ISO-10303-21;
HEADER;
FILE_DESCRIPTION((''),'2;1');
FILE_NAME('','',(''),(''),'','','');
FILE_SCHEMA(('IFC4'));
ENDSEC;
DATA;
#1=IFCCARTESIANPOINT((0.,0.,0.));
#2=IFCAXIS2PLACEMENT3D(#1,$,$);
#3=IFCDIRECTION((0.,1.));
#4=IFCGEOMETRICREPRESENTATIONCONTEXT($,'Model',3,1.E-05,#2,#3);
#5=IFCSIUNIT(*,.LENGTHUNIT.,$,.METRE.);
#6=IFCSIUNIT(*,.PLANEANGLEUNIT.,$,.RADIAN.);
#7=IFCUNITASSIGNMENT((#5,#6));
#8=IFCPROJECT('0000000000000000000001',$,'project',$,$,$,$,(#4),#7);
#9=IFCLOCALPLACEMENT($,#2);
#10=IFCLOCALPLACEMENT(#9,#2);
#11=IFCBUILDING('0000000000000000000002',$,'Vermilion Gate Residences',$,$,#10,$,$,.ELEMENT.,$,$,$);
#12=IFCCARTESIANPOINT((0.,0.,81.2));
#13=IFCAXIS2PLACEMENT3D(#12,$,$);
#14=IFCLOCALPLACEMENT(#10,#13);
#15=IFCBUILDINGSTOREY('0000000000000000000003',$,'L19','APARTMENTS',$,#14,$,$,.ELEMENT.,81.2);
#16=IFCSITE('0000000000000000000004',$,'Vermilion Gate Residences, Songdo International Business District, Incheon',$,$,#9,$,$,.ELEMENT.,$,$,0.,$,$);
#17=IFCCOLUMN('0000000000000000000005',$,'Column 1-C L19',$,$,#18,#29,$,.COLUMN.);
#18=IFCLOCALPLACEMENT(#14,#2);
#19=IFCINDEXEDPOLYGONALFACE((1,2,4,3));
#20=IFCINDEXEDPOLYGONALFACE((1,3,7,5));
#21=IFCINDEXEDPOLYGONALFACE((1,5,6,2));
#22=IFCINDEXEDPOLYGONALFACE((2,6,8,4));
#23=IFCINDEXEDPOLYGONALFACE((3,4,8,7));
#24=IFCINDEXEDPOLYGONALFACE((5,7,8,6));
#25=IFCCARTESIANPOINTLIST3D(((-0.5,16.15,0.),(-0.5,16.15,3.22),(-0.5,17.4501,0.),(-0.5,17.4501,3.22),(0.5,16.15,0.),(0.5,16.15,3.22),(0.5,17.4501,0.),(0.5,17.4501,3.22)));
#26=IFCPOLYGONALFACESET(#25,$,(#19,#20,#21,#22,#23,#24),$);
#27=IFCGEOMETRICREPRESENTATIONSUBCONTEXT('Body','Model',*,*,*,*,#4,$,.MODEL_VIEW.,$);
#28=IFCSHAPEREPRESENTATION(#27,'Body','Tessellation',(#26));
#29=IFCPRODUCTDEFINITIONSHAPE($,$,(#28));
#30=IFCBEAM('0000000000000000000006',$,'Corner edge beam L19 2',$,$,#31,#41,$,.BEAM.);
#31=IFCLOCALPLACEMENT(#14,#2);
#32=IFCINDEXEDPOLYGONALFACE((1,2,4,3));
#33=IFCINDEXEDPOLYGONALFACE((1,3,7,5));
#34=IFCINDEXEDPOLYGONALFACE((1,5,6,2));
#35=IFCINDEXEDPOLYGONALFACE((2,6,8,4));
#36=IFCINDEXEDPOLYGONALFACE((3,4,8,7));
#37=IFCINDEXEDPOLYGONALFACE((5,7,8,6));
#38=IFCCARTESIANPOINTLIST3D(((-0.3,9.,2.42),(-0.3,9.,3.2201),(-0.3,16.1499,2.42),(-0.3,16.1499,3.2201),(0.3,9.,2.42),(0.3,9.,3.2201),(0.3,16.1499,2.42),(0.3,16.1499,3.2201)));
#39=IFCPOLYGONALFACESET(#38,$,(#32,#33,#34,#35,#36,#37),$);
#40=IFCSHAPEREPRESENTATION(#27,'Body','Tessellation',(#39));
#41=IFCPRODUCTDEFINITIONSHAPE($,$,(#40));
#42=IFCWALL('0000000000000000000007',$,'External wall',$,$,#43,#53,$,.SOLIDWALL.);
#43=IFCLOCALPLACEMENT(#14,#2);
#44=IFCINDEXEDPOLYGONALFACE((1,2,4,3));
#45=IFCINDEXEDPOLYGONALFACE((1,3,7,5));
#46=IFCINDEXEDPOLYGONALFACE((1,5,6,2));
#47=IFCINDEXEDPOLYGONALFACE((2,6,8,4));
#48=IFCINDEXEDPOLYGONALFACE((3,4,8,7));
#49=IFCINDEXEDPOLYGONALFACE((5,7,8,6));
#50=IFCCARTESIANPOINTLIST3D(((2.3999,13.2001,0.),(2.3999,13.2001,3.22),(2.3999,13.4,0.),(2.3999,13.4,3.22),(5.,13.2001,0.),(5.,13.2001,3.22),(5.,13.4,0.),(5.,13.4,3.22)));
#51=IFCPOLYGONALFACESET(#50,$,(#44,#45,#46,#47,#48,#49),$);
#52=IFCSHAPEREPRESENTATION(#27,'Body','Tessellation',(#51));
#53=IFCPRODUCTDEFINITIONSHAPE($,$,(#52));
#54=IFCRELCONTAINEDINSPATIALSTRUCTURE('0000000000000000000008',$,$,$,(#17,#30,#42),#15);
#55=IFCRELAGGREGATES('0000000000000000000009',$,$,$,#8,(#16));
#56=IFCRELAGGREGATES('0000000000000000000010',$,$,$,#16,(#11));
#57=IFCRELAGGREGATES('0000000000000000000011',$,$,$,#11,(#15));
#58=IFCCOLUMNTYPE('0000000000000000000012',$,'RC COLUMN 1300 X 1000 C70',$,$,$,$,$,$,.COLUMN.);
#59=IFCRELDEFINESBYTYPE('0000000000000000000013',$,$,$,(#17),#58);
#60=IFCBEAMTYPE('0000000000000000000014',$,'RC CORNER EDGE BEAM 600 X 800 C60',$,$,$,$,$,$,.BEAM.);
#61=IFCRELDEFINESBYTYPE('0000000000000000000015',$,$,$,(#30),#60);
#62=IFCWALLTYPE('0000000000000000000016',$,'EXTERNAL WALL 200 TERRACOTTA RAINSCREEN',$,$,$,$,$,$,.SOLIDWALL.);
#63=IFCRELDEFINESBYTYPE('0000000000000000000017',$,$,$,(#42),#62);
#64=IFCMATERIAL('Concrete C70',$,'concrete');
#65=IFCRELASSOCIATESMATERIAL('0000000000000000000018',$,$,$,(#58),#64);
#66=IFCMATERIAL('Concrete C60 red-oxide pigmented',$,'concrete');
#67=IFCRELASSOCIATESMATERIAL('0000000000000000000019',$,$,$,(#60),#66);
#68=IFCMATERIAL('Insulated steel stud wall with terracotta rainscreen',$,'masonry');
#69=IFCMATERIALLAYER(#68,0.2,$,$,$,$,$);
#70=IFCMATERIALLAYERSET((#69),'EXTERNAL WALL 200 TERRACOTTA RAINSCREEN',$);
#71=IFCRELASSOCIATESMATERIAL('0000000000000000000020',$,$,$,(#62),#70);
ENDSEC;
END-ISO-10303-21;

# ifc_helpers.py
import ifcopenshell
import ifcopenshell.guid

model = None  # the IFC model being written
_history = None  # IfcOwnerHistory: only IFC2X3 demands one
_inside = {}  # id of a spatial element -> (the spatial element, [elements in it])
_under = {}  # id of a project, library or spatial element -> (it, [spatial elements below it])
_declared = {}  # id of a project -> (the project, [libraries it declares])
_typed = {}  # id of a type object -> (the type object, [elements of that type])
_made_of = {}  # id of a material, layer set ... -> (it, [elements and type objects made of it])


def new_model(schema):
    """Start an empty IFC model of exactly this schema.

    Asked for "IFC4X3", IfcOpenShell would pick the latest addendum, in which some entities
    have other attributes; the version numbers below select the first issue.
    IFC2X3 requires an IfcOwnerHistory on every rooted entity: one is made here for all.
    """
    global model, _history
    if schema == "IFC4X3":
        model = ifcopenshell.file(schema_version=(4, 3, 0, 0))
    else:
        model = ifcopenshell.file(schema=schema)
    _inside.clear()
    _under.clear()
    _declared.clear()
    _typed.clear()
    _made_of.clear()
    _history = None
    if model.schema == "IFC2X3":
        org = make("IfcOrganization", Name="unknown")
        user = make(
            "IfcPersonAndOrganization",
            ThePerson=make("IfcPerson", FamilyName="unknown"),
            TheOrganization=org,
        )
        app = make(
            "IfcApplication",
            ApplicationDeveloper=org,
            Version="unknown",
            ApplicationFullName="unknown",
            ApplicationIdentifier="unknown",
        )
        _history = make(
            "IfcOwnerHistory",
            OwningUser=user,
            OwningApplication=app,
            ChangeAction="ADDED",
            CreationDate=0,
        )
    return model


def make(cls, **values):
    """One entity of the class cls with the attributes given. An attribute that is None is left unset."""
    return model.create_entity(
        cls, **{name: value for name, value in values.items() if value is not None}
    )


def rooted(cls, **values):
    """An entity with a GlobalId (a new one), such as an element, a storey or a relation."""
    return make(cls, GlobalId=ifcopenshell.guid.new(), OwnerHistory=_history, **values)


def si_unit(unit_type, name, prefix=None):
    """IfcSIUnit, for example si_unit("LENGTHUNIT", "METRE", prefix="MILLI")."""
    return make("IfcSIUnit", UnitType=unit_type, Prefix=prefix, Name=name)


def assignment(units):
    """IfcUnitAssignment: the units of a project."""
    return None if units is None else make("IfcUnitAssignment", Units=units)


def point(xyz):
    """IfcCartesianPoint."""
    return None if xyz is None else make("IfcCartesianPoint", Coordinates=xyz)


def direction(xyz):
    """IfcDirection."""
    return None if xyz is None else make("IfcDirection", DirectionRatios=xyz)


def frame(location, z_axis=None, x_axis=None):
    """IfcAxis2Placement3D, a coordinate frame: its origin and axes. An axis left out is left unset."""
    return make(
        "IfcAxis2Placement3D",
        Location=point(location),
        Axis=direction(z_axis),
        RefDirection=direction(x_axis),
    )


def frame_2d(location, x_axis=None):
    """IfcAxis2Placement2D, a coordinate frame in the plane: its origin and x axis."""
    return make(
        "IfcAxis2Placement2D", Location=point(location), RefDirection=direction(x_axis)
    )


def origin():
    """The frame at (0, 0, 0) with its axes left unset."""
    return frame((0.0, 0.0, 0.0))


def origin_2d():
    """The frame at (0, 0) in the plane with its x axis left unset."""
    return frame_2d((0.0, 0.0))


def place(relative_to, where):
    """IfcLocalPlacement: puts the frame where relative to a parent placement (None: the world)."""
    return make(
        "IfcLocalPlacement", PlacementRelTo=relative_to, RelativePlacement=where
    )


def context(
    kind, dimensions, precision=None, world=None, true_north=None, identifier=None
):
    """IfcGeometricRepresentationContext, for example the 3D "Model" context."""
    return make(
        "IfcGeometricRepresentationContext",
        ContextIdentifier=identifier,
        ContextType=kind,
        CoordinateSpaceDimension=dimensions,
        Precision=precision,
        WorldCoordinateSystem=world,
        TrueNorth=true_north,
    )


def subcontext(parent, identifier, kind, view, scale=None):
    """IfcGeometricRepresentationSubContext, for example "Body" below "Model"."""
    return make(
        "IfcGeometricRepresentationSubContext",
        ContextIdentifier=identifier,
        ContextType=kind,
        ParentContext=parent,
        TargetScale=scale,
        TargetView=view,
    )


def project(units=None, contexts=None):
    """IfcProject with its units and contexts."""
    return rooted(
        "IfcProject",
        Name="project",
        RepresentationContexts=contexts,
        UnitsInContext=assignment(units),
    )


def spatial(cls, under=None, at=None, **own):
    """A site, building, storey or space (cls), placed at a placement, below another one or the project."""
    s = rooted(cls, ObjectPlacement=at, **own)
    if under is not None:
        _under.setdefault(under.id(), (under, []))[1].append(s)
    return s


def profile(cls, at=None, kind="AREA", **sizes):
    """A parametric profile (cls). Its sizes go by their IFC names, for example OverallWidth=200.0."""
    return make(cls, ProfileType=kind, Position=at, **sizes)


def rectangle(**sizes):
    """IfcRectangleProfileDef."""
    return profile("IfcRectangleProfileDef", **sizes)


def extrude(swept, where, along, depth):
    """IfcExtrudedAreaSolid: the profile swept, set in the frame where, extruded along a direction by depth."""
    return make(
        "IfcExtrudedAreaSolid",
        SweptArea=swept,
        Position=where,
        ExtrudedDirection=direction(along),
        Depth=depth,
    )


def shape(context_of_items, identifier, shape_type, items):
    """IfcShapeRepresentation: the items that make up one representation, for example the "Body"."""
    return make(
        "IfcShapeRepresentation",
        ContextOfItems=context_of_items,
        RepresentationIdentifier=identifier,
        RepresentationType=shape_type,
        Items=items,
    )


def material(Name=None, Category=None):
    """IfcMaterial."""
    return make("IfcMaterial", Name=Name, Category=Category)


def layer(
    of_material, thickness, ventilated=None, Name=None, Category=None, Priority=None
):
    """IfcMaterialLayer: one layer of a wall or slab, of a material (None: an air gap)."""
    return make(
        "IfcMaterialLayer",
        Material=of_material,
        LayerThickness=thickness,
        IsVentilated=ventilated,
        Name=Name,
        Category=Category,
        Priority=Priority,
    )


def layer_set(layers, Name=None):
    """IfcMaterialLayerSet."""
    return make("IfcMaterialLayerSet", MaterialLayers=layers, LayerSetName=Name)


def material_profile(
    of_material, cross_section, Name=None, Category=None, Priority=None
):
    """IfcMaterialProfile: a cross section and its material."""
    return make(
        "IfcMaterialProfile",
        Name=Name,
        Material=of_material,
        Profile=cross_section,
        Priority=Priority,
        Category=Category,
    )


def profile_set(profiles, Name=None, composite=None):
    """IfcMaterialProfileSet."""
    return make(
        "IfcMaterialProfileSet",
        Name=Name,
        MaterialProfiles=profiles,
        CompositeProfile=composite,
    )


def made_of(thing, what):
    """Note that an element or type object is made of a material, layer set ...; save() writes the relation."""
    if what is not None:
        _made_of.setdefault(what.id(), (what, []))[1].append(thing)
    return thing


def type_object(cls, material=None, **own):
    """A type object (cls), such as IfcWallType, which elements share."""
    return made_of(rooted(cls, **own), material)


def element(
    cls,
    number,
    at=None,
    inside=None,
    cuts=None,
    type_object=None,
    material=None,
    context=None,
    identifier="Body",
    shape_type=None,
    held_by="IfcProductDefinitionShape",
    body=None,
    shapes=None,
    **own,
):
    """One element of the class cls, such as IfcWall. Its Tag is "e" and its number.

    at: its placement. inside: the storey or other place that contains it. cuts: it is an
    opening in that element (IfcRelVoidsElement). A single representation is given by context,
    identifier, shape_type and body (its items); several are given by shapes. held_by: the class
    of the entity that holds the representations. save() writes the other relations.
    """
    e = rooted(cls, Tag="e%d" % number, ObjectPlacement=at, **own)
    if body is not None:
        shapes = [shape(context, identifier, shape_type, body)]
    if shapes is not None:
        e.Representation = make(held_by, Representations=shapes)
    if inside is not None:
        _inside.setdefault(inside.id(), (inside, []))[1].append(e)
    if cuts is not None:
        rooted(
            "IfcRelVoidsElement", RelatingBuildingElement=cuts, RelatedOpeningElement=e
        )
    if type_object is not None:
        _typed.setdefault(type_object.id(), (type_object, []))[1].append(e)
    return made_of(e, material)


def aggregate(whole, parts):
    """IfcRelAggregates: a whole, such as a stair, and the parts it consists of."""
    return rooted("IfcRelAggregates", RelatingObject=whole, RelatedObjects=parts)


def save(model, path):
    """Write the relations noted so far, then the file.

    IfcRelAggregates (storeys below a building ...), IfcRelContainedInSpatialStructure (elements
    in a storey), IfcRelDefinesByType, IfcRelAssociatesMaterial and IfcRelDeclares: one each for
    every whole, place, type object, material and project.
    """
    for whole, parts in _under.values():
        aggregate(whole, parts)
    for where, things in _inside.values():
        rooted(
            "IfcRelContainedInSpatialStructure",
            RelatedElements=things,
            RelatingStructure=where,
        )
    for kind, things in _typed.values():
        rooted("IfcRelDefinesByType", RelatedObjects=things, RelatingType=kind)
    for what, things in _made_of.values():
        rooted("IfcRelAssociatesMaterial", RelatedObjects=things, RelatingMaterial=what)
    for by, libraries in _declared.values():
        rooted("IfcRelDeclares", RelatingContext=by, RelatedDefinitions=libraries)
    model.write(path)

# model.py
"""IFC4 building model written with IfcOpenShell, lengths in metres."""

from ifc_helpers import new_model, si_unit, direction, frame, frame_2d, origin, origin_2d, place, context, subcontext, project, spatial, rectangle, extrude, material, layer, layer_set, material_profile, profile_set, type_object, element, save


model = new_model("IFC4")

# Units and contexts
model_context = context("Model", 3, precision=1e-05, world=origin(), true_north=direction((0.0, 1.0)))
body_context = subcontext(model_context, "Body", "Model", "MODEL_VIEW")
ifc_project = project(units=[si_unit("LENGTHUNIT", "METRE"), si_unit("PLANEANGLEUNIT", "RADIAN")], contexts=[model_context])

# Site, building, storey
site_placement = place(None, origin())
site = spatial("IfcSite", under=ifc_project, at=site_placement, Name="Vermilion Gate Residences, Songdo International Business District, Incheon", CompositionType="ELEMENT", RefElevation=0.0)
building_placement = place(site_placement, origin())
building = spatial("IfcBuilding", under=site, at=building_placement, Name="Vermilion Gate Residences", CompositionType="ELEMENT")
storey_placement = place(building_placement, frame((0.0, 0.0, 81.2)))
storey = spatial("IfcBuildingStorey", under=building, at=storey_placement, Name="L19", Description="APARTMENTS", CompositionType="ELEMENT", Elevation=81.2)

# Column
ifc_material_1 = material(Name="Concrete C70", Category="concrete")
ifc_material_profile_1 = material_profile(ifc_material_1, rectangle(XDim=1.3, YDim=1.0, at=origin_2d()), Name="RC-1300x1000")
ifc_profile_set_1 = profile_set([ifc_material_profile_1], Name="Concrete C70")
column_type = type_object("IfcColumnType", Name="RC COLUMN 1300 X 1000 C70", PredefinedType="COLUMN", material=ifc_profile_set_1)
column_placement = place(storey_placement, frame((0.0, 16.8, 0.0), z_axis=(0.0, 0.0, 1.0), x_axis=(0.0, 1.0, 0.0)))
element("IfcColumn", 1, at=column_placement, inside=storey, type_object=column_type, Name="Column 1-C L19", PredefinedType="COLUMN", context=body_context, shape_type="SweptSolid", body=[
    extrude(rectangle(XDim=1.3, YDim=1.0, at=origin_2d()), origin(), (0.0, 0.0, 1.0), 3.22),
])

# Beam
ifc_material_2 = material(Name="Concrete C60 red-oxide pigmented", Category="concrete")
ifc_material_profile_2 = material_profile(ifc_material_2, rectangle(XDim=0.6001, YDim=0.8, at=origin_2d()), Name="RC-600x800")
ifc_profile_set_2 = profile_set([ifc_material_profile_2], Name="Concrete C60 red-oxide pigmented")
beam_type = type_object("IfcBeamType", Name="RC CORNER EDGE BEAM 600 X 800 C60", PredefinedType="BEAM", material=ifc_profile_set_2)
beam_placement = place(storey_placement, frame((0.0, 9.0, 2.8201), z_axis=(0.0, 1.0, 0.0), x_axis=(-1.0, 0.0, 0.0)))
element("IfcBeam", 2, at=beam_placement, inside=storey, type_object=beam_type, Name="Corner edge beam L19 2", PredefinedType="BEAM", context=body_context, shape_type="SweptSolid", body=[
    extrude(rectangle(XDim=0.6001, YDim=0.8, at=origin_2d()), origin(), (0.0, 0.0, 1.0), 7.1499),
])

# Wall
ifc_material_3 = material(Name="Insulated steel stud wall with terracotta rainscreen", Category="masonry")
ifc_layer_1 = layer(ifc_material_3, 0.2)
ifc_layer_set_1 = layer_set([ifc_layer_1], Name="EXTERNAL WALL 200 TERRACOTTA RAINSCREEN")
wall_type_1 = type_object("IfcWallType", Name="EXTERNAL WALL 200 TERRACOTTA RAINSCREEN", PredefinedType="SOLIDWALL", material=ifc_layer_set_1)
wall_1_placement = place(storey_placement, frame((2.3999, 13.3, 0.0), z_axis=(0.0, 0.0, 1.0), x_axis=(1.0, 0.0, 0.0)))
element("IfcWall", 3, at=wall_1_placement, inside=storey, type_object=wall_type_1, Name="External wall", PredefinedType="SOLIDWALL", context=body_context, shape_type="SweptSolid", body=[
    extrude(rectangle(XDim=2.6001, YDim=0.2, at=frame_2d((1.3, 0.0))), origin(), (0.0, 0.0, 1.0), 3.22),
])

save(model, "model.ifc")
